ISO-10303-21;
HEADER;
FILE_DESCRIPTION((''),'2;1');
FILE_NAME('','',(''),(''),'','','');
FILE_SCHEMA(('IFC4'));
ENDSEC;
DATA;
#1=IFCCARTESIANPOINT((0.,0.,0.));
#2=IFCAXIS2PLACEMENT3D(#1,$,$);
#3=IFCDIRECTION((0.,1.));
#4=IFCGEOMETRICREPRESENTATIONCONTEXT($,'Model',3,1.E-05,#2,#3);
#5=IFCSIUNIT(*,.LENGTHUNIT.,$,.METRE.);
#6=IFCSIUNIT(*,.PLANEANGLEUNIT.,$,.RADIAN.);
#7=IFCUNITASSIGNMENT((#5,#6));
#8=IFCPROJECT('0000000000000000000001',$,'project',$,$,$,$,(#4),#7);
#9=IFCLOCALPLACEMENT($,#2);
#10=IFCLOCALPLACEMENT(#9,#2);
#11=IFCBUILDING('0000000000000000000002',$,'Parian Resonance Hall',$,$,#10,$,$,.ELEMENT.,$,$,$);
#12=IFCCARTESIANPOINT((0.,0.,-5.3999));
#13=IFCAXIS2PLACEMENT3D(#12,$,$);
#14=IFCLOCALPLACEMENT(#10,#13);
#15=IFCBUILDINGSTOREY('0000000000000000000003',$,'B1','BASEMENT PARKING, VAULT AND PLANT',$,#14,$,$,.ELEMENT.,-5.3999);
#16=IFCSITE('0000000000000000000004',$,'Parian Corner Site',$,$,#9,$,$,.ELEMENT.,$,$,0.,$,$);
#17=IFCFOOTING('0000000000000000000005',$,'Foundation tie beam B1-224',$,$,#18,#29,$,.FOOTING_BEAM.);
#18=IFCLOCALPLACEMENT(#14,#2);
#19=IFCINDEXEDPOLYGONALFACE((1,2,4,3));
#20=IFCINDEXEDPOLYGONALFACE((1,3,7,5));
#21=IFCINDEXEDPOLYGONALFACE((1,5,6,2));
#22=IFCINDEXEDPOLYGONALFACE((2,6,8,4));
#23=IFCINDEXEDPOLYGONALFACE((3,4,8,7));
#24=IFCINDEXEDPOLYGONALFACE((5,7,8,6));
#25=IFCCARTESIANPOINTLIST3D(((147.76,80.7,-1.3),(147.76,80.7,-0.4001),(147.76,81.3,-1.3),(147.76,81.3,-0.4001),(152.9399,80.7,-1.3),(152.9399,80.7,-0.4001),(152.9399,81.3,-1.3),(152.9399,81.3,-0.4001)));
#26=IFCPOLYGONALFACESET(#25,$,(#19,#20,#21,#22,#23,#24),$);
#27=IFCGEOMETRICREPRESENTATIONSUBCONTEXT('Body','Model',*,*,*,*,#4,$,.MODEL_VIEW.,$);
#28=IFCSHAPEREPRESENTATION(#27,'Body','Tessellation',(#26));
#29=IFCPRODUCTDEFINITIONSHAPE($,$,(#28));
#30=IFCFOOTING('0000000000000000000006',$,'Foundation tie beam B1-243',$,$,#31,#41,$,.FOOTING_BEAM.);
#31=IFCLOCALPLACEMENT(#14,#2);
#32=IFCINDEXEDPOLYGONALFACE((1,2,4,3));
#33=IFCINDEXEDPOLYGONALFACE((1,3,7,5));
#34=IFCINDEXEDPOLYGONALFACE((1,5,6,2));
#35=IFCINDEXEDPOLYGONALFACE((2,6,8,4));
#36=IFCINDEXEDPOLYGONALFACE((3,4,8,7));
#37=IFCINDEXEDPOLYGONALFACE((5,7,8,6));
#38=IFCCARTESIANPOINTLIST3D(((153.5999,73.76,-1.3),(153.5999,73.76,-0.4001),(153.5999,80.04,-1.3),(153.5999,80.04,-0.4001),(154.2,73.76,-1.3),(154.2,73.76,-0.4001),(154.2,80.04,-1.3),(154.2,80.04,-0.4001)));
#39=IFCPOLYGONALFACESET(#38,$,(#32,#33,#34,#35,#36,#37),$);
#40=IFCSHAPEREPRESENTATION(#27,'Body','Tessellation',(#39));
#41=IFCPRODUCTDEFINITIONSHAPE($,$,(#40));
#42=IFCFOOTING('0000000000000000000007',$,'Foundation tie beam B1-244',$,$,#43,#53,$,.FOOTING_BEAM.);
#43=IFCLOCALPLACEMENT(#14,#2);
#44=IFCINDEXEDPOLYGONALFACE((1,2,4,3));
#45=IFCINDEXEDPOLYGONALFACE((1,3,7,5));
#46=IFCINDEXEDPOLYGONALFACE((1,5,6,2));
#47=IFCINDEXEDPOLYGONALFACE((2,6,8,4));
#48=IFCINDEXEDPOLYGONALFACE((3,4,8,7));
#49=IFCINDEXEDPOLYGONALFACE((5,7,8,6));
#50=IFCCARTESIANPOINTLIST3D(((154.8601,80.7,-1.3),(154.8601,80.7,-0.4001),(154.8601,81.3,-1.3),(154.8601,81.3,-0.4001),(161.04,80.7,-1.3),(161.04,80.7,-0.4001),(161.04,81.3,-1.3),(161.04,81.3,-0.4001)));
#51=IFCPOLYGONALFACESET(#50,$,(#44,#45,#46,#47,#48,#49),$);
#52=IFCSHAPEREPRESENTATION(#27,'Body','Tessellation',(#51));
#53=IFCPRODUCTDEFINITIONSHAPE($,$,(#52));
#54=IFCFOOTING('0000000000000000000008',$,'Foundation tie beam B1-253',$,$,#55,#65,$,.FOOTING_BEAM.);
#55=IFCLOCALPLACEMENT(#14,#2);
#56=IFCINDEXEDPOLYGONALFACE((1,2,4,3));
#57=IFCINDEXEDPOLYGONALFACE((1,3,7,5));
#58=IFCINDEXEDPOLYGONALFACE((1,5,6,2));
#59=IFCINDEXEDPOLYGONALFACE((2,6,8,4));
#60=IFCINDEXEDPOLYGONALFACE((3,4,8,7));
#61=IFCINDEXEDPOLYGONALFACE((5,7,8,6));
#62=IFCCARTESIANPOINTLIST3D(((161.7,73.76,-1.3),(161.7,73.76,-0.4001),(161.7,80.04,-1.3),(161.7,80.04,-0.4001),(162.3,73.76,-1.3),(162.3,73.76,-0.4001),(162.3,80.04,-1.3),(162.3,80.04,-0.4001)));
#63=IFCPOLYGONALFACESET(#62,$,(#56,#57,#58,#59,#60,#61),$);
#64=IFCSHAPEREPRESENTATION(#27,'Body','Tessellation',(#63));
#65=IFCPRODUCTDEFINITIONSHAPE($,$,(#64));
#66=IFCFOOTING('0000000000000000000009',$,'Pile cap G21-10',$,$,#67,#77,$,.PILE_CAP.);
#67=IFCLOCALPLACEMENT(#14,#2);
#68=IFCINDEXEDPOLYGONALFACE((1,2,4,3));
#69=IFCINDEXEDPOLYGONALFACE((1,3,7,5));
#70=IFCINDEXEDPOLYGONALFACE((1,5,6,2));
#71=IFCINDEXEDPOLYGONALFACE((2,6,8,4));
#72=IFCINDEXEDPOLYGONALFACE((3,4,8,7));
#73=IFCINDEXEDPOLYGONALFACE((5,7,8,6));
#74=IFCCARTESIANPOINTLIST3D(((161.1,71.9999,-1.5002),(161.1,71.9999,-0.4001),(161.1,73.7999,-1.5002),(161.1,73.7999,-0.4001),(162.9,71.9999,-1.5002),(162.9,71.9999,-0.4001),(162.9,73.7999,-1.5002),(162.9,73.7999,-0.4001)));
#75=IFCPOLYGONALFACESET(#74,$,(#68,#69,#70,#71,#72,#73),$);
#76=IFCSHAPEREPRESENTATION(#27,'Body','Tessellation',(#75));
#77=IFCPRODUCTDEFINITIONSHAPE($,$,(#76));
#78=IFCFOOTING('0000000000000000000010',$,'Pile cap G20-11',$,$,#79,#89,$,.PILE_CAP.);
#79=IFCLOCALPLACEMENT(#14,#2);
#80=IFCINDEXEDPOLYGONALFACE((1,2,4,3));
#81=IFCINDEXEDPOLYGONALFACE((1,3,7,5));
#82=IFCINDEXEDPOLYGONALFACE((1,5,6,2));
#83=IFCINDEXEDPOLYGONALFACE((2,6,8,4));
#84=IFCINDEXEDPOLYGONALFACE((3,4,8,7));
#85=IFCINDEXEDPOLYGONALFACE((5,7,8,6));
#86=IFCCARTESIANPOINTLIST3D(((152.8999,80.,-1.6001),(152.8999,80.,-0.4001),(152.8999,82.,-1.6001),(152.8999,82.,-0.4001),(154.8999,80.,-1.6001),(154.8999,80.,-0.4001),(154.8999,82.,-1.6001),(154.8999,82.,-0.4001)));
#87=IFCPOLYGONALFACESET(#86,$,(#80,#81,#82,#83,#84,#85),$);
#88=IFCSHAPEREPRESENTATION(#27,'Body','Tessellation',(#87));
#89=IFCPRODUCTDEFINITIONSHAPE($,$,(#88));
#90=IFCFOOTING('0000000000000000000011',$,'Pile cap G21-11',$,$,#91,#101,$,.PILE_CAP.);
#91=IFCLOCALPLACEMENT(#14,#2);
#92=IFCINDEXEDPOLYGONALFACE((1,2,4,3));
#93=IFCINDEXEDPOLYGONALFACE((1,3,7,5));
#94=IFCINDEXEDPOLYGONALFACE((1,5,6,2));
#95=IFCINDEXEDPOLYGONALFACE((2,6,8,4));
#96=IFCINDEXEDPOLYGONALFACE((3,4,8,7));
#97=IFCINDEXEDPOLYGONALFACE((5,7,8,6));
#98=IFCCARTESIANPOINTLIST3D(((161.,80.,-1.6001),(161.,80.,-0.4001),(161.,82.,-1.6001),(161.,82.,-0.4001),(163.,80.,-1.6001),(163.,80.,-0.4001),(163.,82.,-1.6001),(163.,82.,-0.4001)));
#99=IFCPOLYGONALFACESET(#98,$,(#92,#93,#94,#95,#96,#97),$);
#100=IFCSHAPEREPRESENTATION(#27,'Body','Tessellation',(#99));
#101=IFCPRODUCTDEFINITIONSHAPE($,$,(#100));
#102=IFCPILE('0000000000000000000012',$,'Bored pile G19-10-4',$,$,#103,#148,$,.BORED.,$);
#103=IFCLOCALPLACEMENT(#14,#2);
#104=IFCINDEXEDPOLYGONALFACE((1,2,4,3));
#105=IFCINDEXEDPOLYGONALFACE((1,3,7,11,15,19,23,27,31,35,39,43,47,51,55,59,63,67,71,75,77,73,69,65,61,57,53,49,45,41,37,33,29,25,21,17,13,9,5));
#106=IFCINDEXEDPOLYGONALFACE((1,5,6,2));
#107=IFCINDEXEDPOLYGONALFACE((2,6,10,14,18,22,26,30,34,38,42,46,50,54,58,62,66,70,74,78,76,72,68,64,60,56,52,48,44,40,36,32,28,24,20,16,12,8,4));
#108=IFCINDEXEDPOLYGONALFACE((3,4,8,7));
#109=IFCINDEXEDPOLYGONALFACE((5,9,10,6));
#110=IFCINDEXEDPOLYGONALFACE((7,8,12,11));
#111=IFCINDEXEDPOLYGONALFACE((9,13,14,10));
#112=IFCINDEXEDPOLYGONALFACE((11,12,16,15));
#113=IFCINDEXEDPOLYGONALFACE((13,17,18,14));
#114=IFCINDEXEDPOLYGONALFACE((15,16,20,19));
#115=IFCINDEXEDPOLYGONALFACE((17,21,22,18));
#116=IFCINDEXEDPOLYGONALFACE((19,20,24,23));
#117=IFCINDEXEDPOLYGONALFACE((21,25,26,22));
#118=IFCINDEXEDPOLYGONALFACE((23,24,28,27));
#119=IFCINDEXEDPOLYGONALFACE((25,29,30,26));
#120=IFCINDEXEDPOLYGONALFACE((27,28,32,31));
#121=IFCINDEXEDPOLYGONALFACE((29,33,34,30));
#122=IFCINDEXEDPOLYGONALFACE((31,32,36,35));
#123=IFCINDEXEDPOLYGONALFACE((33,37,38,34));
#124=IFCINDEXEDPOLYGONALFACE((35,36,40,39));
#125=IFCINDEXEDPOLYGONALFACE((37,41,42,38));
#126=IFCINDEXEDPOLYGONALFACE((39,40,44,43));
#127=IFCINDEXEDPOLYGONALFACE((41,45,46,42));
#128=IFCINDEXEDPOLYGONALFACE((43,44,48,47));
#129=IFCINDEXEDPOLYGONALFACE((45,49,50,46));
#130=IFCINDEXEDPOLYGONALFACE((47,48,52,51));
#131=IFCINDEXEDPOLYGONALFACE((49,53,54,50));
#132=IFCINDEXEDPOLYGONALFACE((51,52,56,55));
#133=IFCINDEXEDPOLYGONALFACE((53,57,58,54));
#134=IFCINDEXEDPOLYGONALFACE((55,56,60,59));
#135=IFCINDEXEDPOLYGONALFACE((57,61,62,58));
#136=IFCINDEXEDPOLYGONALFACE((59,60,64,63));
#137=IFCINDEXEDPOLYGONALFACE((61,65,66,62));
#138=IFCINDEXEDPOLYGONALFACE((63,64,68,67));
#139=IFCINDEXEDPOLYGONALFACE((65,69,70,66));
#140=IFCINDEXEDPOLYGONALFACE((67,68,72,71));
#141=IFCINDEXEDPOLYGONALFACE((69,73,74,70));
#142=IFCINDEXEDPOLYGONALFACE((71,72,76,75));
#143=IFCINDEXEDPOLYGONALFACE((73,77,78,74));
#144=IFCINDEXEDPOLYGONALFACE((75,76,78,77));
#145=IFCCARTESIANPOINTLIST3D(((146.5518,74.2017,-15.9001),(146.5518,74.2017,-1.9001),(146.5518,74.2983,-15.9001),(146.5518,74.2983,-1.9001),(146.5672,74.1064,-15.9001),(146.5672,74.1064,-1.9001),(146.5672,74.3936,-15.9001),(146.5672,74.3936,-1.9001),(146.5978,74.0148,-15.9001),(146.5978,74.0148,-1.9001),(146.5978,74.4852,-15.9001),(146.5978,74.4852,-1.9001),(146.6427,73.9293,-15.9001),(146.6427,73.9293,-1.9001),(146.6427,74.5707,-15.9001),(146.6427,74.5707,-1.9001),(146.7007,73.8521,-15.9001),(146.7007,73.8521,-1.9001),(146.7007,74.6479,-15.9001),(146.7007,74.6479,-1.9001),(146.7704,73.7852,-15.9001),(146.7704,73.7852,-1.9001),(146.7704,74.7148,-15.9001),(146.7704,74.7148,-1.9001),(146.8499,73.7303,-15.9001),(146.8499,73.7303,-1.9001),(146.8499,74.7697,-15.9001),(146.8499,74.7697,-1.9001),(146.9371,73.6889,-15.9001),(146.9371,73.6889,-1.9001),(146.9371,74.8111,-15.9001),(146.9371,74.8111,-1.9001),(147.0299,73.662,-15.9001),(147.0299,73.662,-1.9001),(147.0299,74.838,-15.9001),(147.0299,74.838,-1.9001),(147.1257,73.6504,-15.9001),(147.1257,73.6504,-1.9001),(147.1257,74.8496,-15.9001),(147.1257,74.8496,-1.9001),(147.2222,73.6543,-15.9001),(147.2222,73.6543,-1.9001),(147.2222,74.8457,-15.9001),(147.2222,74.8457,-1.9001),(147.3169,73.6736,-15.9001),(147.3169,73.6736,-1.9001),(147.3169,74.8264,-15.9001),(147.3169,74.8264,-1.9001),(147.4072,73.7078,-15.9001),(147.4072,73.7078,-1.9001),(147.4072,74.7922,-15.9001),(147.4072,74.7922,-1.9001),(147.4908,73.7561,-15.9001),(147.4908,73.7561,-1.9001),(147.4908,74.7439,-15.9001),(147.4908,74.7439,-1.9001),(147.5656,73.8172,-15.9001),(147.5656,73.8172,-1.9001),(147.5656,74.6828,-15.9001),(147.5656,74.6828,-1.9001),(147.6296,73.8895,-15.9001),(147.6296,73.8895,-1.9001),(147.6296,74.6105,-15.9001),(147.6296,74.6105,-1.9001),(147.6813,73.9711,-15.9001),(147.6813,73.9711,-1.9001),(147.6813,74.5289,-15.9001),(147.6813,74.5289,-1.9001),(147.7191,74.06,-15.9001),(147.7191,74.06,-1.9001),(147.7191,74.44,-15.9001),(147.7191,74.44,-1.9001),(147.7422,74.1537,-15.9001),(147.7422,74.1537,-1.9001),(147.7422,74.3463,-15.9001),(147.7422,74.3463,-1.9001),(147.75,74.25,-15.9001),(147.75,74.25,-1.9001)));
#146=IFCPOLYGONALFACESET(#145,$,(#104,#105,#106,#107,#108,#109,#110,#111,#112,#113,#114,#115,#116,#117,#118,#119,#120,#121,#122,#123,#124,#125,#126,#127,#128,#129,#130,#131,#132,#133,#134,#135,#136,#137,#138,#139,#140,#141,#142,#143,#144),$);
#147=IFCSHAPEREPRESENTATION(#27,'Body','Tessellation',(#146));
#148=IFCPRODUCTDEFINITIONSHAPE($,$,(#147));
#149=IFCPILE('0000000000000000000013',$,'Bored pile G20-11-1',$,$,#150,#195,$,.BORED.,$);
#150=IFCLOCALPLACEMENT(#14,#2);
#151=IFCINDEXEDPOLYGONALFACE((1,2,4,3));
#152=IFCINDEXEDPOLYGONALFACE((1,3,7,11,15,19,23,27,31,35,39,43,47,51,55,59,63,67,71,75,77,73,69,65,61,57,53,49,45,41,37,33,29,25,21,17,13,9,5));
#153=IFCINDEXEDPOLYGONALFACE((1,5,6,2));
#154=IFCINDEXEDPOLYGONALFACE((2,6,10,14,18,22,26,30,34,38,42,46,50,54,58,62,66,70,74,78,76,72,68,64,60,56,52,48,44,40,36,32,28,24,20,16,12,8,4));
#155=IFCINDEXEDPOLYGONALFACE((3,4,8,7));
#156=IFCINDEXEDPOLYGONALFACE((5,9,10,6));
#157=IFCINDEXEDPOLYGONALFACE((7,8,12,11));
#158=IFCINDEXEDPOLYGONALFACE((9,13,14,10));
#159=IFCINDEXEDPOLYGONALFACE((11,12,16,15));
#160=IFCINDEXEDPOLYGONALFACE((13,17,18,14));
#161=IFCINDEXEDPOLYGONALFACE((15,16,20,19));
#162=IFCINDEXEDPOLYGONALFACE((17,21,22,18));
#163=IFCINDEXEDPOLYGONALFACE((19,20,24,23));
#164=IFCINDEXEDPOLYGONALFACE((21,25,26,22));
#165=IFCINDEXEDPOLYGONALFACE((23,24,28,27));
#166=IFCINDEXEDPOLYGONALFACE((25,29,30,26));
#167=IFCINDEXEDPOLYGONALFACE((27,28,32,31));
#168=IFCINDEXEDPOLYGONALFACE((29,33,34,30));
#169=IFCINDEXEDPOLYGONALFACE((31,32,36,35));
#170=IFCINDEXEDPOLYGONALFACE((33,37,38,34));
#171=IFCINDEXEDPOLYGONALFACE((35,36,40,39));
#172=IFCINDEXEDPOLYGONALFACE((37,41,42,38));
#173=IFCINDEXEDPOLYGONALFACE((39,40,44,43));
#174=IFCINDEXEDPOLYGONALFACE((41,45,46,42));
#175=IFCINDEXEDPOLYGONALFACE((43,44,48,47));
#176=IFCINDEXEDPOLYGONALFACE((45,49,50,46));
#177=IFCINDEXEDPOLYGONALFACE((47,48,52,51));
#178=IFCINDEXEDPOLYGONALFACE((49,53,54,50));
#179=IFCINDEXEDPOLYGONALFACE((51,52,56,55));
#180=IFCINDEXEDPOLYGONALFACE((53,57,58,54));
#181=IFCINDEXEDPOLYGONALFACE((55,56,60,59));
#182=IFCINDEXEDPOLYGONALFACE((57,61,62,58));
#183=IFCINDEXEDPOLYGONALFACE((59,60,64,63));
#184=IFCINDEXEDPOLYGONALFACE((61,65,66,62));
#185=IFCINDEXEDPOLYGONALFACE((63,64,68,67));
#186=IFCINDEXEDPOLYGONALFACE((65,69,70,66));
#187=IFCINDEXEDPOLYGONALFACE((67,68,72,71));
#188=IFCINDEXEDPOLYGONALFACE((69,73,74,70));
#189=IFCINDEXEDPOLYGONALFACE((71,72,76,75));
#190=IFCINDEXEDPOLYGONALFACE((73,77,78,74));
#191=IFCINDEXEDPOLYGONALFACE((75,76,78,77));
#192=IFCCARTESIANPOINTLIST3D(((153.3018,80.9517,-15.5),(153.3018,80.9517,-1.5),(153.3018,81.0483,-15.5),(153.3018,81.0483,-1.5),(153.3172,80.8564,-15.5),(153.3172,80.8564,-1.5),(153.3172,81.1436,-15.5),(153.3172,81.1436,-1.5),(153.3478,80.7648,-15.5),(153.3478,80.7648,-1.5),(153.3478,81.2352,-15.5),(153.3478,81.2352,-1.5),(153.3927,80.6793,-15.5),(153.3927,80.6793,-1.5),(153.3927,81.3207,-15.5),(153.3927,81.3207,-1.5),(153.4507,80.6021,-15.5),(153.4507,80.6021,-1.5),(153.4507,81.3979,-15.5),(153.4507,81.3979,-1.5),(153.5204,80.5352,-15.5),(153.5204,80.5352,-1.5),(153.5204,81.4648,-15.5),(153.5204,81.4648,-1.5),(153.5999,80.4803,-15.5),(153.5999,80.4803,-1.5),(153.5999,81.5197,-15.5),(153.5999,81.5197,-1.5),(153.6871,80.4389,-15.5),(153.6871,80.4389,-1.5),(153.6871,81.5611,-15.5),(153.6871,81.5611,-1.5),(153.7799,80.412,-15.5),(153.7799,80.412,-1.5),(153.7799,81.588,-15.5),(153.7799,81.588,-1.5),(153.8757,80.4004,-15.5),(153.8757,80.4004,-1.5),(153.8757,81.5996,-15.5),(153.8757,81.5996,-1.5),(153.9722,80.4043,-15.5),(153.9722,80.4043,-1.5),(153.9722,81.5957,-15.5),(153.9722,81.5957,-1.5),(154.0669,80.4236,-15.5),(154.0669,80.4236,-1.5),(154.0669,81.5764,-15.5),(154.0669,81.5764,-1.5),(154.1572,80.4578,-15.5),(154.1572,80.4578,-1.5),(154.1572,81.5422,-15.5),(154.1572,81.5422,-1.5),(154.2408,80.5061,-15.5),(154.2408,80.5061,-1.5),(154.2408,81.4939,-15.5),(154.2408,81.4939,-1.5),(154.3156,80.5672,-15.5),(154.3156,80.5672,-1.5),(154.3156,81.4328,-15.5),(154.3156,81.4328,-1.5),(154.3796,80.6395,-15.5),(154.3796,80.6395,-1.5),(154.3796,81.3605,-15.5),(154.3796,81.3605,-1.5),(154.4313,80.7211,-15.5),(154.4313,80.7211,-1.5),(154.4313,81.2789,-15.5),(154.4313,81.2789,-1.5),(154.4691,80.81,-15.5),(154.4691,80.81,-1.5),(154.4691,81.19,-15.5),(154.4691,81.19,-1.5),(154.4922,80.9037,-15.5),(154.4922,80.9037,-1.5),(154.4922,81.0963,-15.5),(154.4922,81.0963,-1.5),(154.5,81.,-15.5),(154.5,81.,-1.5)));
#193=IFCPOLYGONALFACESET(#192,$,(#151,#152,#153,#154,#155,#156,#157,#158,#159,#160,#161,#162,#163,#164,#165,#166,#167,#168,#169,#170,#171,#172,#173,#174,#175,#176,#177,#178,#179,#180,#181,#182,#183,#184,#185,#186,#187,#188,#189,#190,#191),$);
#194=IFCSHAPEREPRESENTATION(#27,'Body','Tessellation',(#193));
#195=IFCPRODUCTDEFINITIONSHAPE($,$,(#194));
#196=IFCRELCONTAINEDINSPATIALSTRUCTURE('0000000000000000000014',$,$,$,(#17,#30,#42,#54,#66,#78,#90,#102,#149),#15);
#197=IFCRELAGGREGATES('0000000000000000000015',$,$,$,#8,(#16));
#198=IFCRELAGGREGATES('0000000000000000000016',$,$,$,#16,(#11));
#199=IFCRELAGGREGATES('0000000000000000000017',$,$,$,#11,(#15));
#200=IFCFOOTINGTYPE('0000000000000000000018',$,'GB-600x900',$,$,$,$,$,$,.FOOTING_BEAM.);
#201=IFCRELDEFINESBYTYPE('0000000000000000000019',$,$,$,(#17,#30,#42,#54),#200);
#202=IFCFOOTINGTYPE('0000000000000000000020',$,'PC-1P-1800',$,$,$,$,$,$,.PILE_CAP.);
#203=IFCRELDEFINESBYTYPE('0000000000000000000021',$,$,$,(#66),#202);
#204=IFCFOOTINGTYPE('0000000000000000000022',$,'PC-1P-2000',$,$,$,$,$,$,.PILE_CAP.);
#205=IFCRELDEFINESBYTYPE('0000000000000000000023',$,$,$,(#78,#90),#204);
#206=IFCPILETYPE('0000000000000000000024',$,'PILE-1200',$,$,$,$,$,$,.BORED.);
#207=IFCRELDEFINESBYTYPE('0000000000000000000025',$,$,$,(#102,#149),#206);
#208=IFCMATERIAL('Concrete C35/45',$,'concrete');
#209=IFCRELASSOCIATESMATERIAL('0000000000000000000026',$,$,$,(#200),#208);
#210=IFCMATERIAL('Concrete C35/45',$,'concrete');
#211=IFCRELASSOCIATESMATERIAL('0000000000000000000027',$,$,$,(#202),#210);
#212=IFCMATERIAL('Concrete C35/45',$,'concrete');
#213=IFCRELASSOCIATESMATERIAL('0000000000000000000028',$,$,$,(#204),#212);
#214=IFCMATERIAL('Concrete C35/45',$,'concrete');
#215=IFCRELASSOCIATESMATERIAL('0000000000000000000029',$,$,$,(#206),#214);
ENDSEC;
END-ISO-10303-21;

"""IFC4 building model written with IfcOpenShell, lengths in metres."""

from ifc_helpers import new_model, si_unit, direction, frame, origin, origin_2d, place, context, subcontext, project, spatial, rectangle, circle, extrude, material, material_profile, profile_set, type_object, element, save


model = new_model("IFC4")

# Units and contexts
model_context = context("Model", 3, precision=1e-05, world=origin(), true_north=direction((0.0, 1.0)))
body_context = subcontext(model_context, "Body", "Model", "MODEL_VIEW")
ifc_project = project(units=[si_unit("LENGTHUNIT", "METRE"), si_unit("PLANEANGLEUNIT", "RADIAN")], contexts=[model_context])

# Site, building, storey
site_placement = place(None, origin())
site = spatial("IfcSite", under=ifc_project, at=site_placement, Name="Parian Corner Site", CompositionType="ELEMENT", RefElevation=0.0)
building_placement = place(site_placement, origin())
building = spatial("IfcBuilding", under=site, at=building_placement, Name="Parian Resonance Hall", CompositionType="ELEMENT")
storey_placement = place(building_placement, frame((0.0, 0.0, -5.3999)))
storey = spatial("IfcBuildingStorey", under=building, at=storey_placement, Name="B1", Description="BASEMENT PARKING, VAULT AND PLANT", CompositionType="ELEMENT", Elevation=-5.3999)

# Footings
ifc_material_1 = material(Name="Concrete C35/45", Category="concrete")
ifc_material_profile_1 = material_profile(ifc_material_1, rectangle(XDim=0.6001, YDim=0.8999, at=origin_2d()), Name="RC-GB-600x900")
ifc_profile_set_1 = profile_set([ifc_material_profile_1], Name="Concrete C35/45")
footing_type_1 = type_object("IfcFootingType", Name="GB-600x900", PredefinedType="FOOTING_BEAM", material=ifc_profile_set_1)
footing_1_placement = place(storey_placement, frame((147.76, 81.0, -0.8501), z_axis=(1.0, 0.0, 0.0), x_axis=(0.0, 1.0, 0.0)))
element("IfcFooting", 1, at=footing_1_placement, inside=storey, type_object=footing_type_1, Name="Foundation tie beam B1-224", PredefinedType="FOOTING_BEAM", context=body_context, shape_type="SweptSolid", body=[
    extrude(rectangle(XDim=0.6001, YDim=0.8999, at=origin_2d()), origin(), (0.0, 0.0, 1.0), 5.1799),
])
footing_2_placement = place(storey_placement, frame((153.8999, 73.76, -0.8501), z_axis=(0.0, 1.0, 0.0), x_axis=(-1.0, 0.0, 0.0)))
element("IfcFooting", 2, at=footing_2_placement, inside=storey, type_object=footing_type_1, Name="Foundation tie beam B1-243", PredefinedType="FOOTING_BEAM", context=body_context, shape_type="SweptSolid", body=[
    extrude(rectangle(XDim=0.6001, YDim=0.8999, at=origin_2d()), origin(), (0.0, 0.0, 1.0), 6.28),
])
footing_3_placement = place(storey_placement, frame((154.8601, 81.0, -0.8501), z_axis=(1.0, 0.0, 0.0), x_axis=(0.0, 1.0, 0.0)))
element("IfcFooting", 3, at=footing_3_placement, inside=storey, type_object=footing_type_1, Name="Foundation tie beam B1-244", PredefinedType="FOOTING_BEAM", context=body_context, shape_type="SweptSolid", body=[
    extrude(rectangle(XDim=0.6001, YDim=0.8999, at=origin_2d()), origin(), (0.0, 0.0, 1.0), 6.1799),
])
footing_4_placement = place(storey_placement, frame((162.0, 73.76, -0.8501), z_axis=(0.0, 1.0, 0.0), x_axis=(-1.0, 0.0, 0.0)))
element("IfcFooting", 4, at=footing_4_placement, inside=storey, type_object=footing_type_1, Name="Foundation tie beam B1-253", PredefinedType="FOOTING_BEAM", context=body_context, shape_type="SweptSolid", body=[
    extrude(rectangle(XDim=0.6001, YDim=0.8999, at=origin_2d()), origin(), (0.0, 0.0, 1.0), 6.28),
])
ifc_material_2 = material(Name="Concrete C35/45", Category="concrete")
footing_type_2 = type_object("IfcFootingType", Name="PC-1P-1800", PredefinedType="PILE_CAP", material=ifc_material_2)
footing_5_placement = place(storey_placement, frame((162.0, 72.8999, -1.5002), z_axis=(0.0, 0.0, 1.0), x_axis=(1.0, 0.0, 0.0)))
element("IfcFooting", 5, at=footing_5_placement, inside=storey, type_object=footing_type_2, Name="Pile cap G21-10", PredefinedType="PILE_CAP", context=body_context, shape_type="SweptSolid", body=[
    extrude(rectangle(XDim=1.8, YDim=1.8, at=origin_2d()), origin(), (0.0, 0.0, 1.0), 1.1001),
])
ifc_material_3 = material(Name="Concrete C35/45", Category="concrete")
footing_type_3 = type_object("IfcFootingType", Name="PC-1P-2000", PredefinedType="PILE_CAP", material=ifc_material_3)
for number, where, z_axis, x_axis, name in (
    (6, (153.8999, 81.0, -1.6001), (0.0, 0.0, 1.0), (1.0, 0.0, 0.0), "Pile cap G20-11"),
    (7, (162.0, 81.0, -1.6001), (0.0, 0.0, 1.0), (1.0, 0.0, 0.0), "Pile cap G21-11"),
):
    element("IfcFooting", number, at=place(storey_placement, frame(where, z_axis=z_axis, x_axis=x_axis)), inside=storey, type_object=footing_type_3, Name=name, PredefinedType="PILE_CAP", context=body_context, shape_type="SweptSolid", body=[
        extrude(rectangle(XDim=2.0, YDim=2.0, at=origin_2d()), origin(), (0.0, 0.0, 1.0), 1.2),
    ])

# Piles
ifc_material_4 = material(Name="Concrete C35/45", Category="concrete")
ifc_material_profile_2 = material_profile(ifc_material_4, circle(Radius=0.6001, at=origin_2d()), Name="PILE-D1200")
ifc_profile_set_2 = profile_set([ifc_material_profile_2], Name="Concrete C35/45")
pile_type_1 = type_object("IfcPileType", Name="PILE-1200", PredefinedType="BORED", material=ifc_profile_set_2)
for number, where, z_axis, x_axis, name in (
    (8, (147.1499, 74.25, -1.9001), (0.0, 0.0, -1.0), (1.0, 0.0, 0.0), "Bored pile G19-10-4"),
    (9, (153.8999, 81.0, -1.5), (0.0, 0.0, -1.0), (1.0, 0.0, 0.0), "Bored pile G20-11-1"),
):
    element("IfcPile", number, at=place(storey_placement, frame(where, z_axis=z_axis, x_axis=x_axis)), inside=storey, type_object=pile_type_1, Name=name, PredefinedType="BORED", context=body_context, shape_type="SweptSolid", body=[
        extrude(circle(Radius=0.6001, at=origin_2d()), origin(), (0.0, 0.0, 1.0), 14.0),
    ])

save(model, "model.ifc")
